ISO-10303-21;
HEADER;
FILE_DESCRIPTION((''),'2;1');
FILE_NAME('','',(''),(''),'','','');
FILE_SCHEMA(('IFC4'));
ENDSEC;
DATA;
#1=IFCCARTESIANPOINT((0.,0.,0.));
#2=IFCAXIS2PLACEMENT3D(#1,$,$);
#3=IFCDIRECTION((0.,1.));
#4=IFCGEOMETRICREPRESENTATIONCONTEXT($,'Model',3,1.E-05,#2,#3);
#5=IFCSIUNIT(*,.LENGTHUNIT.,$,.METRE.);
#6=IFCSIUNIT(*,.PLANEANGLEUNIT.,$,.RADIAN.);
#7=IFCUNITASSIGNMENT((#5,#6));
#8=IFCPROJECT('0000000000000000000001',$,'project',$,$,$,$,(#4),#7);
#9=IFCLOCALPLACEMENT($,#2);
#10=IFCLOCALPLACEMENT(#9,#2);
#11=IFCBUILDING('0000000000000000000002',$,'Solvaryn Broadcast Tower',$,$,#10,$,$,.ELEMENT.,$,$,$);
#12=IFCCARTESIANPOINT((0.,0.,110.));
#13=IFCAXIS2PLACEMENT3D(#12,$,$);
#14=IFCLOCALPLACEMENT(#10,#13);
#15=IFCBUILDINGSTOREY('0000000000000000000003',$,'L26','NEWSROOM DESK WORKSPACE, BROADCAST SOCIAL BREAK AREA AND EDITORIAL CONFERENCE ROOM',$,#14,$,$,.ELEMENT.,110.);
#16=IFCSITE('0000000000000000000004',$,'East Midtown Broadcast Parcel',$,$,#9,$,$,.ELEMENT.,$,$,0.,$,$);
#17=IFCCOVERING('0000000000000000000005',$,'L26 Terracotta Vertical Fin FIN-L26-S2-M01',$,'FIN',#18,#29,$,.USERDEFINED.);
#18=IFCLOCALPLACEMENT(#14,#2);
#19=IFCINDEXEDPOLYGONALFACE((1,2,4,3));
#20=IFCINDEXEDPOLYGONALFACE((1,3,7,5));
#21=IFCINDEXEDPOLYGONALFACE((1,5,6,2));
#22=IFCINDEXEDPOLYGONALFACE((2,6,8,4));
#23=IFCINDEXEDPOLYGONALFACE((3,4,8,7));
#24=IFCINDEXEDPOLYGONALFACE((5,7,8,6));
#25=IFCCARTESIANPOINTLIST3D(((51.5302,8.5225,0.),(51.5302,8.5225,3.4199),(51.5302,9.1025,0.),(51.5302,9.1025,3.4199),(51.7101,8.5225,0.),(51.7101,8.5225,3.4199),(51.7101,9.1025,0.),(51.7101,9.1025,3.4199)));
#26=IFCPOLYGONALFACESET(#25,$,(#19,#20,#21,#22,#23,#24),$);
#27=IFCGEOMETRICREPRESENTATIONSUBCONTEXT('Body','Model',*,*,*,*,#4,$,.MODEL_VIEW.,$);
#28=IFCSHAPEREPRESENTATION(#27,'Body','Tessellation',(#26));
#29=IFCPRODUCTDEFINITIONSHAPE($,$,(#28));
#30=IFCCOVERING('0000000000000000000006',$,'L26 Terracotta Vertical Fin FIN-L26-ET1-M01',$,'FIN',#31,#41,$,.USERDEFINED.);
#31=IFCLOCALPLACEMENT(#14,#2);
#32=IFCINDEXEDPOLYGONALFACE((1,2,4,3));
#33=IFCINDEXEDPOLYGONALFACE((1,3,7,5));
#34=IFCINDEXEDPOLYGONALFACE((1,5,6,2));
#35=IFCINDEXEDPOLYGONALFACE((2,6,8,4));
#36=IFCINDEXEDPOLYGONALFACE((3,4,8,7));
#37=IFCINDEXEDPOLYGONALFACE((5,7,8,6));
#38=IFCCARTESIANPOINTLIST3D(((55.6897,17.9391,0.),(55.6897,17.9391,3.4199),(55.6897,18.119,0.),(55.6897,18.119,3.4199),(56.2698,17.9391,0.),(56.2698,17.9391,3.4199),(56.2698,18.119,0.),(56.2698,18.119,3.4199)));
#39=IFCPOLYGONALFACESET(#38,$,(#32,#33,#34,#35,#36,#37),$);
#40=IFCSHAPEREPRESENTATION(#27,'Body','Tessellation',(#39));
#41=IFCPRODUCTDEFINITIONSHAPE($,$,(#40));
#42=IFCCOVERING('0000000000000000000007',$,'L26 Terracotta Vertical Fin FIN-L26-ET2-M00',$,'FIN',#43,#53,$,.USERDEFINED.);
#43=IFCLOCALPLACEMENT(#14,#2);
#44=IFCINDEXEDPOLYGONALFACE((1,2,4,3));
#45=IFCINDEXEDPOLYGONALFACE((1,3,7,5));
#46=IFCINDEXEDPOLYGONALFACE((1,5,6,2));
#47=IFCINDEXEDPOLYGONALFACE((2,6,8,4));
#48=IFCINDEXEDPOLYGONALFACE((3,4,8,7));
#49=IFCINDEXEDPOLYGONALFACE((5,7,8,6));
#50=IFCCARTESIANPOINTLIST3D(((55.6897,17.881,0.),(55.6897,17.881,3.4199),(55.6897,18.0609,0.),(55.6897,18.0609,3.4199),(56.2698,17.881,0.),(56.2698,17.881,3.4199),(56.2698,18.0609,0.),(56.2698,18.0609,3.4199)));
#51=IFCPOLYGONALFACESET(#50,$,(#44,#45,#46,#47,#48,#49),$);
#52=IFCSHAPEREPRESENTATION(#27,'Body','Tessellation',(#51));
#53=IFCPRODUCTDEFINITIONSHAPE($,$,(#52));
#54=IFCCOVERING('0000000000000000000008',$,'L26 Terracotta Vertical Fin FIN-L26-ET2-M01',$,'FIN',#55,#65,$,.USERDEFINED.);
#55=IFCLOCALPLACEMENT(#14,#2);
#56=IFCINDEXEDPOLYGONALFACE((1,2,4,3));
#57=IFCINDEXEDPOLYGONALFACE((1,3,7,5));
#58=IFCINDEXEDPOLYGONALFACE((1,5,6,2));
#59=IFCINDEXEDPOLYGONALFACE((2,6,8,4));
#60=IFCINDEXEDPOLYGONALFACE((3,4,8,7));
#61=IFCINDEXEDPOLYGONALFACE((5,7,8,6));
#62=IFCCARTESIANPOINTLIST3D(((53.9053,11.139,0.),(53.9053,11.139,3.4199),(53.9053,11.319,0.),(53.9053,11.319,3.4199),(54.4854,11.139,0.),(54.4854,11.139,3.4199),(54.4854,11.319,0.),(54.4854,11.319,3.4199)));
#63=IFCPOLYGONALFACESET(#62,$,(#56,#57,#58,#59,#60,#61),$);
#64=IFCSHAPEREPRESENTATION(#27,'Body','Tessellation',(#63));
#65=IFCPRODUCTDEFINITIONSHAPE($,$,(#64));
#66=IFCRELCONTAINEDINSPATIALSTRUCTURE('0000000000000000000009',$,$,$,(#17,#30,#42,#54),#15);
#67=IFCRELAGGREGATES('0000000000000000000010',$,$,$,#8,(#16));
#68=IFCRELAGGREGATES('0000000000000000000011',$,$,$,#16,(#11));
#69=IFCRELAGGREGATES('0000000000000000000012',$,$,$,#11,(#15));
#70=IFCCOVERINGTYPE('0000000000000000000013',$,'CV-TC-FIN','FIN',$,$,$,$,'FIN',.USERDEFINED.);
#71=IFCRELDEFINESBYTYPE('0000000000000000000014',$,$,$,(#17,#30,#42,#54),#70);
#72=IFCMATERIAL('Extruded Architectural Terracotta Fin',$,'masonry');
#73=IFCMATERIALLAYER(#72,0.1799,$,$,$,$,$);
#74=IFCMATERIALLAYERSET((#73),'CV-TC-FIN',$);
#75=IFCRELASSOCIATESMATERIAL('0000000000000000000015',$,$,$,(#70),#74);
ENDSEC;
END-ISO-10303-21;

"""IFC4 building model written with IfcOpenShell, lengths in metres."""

from ifc_helpers import new_model, si_unit, direction, frame, origin, origin_2d, place, context, subcontext, project, spatial, rectangle, extrude, material, layer, layer_set, type_object, element, save


model = new_model("IFC4")

# Units and contexts
model_context = context("Model", 3, precision=1e-05, world=origin(), true_north=direction((0.0, 1.0)))
body_context = subcontext(model_context, "Body", "Model", "MODEL_VIEW")
ifc_project = project(units=[si_unit("LENGTHUNIT", "METRE"), si_unit("PLANEANGLEUNIT", "RADIAN")], contexts=[model_context])

# Site, building, storey
site_placement = place(None, origin())
site = spatial("IfcSite", under=ifc_project, at=site_placement, Name="East Midtown Broadcast Parcel", CompositionType="ELEMENT", RefElevation=0.0)
building_placement = place(site_placement, origin())
building = spatial("IfcBuilding", under=site, at=building_placement, Name="Solvaryn Broadcast Tower", CompositionType="ELEMENT")
storey_placement = place(building_placement, frame((0.0, 0.0, 110.0)))
storey = spatial("IfcBuildingStorey", under=building, at=storey_placement, Name="L26", Description="NEWSROOM DESK WORKSPACE, BROADCAST SOCIAL BREAK AREA AND EDITORIAL CONFERENCE ROOM", CompositionType="ELEMENT", Elevation=110.0)

# Coverings
ifc_material_1 = material(Name="Extruded Architectural Terracotta Fin", Category="masonry")
ifc_layer_1 = layer(ifc_material_1, 0.1799)
ifc_layer_set_1 = layer_set([ifc_layer_1], Name="CV-TC-FIN")
covering_type_1 = type_object("IfcCoveringType", Name="CV-TC-FIN", Description="FIN", ElementType="FIN", PredefinedType="USERDEFINED", material=ifc_layer_set_1)
covering_1_placement = place(storey_placement, frame((51.6201, 8.8125, 0.0), z_axis=(0.0, 0.0, 1.0), x_axis=(1.0, 0.0, 0.0)))
element("IfcCovering", 1, at=covering_1_placement, inside=storey, type_object=covering_type_1, Name="L26 Terracotta Vertical Fin FIN-L26-S2-M01", ObjectType="FIN", PredefinedType="USERDEFINED", context=body_context, shape_type="SweptSolid", body=[
    extrude(rectangle(XDim=0.1799, YDim=0.5801, at=origin_2d()), origin(), (0.0, 0.0, 1.0), 3.4199),
])
for number, where, z_axis, x_axis, name in (
    (2, (55.9797, 18.0291, 0.0), (0.0, 0.0, 1.0), (1.0, 0.0, 0.0), "L26 Terracotta Vertical Fin FIN-L26-ET1-M01"),
    (3, (55.9797, 17.9709, 0.0), (0.0, 0.0, 1.0), (1.0, 0.0, 0.0), "L26 Terracotta Vertical Fin FIN-L26-ET2-M00"),
    (4, (54.1953, 11.229, 0.0), (0.0, 0.0, 1.0), (1.0, 0.0, 0.0), "L26 Terracotta Vertical Fin FIN-L26-ET2-M01"),
):
    element("IfcCovering", number, at=place(storey_placement, frame(where, z_axis=z_axis, x_axis=x_axis)), inside=storey, type_object=covering_type_1, Name=name, ObjectType="FIN", PredefinedType="USERDEFINED", context=body_context, shape_type="SweptSolid", body=[
        extrude(rectangle(XDim=0.5801, YDim=0.1799, at=origin_2d()), origin(), (0.0, 0.0, 1.0), 3.4199),
    ])

save(model, "model.ifc")
